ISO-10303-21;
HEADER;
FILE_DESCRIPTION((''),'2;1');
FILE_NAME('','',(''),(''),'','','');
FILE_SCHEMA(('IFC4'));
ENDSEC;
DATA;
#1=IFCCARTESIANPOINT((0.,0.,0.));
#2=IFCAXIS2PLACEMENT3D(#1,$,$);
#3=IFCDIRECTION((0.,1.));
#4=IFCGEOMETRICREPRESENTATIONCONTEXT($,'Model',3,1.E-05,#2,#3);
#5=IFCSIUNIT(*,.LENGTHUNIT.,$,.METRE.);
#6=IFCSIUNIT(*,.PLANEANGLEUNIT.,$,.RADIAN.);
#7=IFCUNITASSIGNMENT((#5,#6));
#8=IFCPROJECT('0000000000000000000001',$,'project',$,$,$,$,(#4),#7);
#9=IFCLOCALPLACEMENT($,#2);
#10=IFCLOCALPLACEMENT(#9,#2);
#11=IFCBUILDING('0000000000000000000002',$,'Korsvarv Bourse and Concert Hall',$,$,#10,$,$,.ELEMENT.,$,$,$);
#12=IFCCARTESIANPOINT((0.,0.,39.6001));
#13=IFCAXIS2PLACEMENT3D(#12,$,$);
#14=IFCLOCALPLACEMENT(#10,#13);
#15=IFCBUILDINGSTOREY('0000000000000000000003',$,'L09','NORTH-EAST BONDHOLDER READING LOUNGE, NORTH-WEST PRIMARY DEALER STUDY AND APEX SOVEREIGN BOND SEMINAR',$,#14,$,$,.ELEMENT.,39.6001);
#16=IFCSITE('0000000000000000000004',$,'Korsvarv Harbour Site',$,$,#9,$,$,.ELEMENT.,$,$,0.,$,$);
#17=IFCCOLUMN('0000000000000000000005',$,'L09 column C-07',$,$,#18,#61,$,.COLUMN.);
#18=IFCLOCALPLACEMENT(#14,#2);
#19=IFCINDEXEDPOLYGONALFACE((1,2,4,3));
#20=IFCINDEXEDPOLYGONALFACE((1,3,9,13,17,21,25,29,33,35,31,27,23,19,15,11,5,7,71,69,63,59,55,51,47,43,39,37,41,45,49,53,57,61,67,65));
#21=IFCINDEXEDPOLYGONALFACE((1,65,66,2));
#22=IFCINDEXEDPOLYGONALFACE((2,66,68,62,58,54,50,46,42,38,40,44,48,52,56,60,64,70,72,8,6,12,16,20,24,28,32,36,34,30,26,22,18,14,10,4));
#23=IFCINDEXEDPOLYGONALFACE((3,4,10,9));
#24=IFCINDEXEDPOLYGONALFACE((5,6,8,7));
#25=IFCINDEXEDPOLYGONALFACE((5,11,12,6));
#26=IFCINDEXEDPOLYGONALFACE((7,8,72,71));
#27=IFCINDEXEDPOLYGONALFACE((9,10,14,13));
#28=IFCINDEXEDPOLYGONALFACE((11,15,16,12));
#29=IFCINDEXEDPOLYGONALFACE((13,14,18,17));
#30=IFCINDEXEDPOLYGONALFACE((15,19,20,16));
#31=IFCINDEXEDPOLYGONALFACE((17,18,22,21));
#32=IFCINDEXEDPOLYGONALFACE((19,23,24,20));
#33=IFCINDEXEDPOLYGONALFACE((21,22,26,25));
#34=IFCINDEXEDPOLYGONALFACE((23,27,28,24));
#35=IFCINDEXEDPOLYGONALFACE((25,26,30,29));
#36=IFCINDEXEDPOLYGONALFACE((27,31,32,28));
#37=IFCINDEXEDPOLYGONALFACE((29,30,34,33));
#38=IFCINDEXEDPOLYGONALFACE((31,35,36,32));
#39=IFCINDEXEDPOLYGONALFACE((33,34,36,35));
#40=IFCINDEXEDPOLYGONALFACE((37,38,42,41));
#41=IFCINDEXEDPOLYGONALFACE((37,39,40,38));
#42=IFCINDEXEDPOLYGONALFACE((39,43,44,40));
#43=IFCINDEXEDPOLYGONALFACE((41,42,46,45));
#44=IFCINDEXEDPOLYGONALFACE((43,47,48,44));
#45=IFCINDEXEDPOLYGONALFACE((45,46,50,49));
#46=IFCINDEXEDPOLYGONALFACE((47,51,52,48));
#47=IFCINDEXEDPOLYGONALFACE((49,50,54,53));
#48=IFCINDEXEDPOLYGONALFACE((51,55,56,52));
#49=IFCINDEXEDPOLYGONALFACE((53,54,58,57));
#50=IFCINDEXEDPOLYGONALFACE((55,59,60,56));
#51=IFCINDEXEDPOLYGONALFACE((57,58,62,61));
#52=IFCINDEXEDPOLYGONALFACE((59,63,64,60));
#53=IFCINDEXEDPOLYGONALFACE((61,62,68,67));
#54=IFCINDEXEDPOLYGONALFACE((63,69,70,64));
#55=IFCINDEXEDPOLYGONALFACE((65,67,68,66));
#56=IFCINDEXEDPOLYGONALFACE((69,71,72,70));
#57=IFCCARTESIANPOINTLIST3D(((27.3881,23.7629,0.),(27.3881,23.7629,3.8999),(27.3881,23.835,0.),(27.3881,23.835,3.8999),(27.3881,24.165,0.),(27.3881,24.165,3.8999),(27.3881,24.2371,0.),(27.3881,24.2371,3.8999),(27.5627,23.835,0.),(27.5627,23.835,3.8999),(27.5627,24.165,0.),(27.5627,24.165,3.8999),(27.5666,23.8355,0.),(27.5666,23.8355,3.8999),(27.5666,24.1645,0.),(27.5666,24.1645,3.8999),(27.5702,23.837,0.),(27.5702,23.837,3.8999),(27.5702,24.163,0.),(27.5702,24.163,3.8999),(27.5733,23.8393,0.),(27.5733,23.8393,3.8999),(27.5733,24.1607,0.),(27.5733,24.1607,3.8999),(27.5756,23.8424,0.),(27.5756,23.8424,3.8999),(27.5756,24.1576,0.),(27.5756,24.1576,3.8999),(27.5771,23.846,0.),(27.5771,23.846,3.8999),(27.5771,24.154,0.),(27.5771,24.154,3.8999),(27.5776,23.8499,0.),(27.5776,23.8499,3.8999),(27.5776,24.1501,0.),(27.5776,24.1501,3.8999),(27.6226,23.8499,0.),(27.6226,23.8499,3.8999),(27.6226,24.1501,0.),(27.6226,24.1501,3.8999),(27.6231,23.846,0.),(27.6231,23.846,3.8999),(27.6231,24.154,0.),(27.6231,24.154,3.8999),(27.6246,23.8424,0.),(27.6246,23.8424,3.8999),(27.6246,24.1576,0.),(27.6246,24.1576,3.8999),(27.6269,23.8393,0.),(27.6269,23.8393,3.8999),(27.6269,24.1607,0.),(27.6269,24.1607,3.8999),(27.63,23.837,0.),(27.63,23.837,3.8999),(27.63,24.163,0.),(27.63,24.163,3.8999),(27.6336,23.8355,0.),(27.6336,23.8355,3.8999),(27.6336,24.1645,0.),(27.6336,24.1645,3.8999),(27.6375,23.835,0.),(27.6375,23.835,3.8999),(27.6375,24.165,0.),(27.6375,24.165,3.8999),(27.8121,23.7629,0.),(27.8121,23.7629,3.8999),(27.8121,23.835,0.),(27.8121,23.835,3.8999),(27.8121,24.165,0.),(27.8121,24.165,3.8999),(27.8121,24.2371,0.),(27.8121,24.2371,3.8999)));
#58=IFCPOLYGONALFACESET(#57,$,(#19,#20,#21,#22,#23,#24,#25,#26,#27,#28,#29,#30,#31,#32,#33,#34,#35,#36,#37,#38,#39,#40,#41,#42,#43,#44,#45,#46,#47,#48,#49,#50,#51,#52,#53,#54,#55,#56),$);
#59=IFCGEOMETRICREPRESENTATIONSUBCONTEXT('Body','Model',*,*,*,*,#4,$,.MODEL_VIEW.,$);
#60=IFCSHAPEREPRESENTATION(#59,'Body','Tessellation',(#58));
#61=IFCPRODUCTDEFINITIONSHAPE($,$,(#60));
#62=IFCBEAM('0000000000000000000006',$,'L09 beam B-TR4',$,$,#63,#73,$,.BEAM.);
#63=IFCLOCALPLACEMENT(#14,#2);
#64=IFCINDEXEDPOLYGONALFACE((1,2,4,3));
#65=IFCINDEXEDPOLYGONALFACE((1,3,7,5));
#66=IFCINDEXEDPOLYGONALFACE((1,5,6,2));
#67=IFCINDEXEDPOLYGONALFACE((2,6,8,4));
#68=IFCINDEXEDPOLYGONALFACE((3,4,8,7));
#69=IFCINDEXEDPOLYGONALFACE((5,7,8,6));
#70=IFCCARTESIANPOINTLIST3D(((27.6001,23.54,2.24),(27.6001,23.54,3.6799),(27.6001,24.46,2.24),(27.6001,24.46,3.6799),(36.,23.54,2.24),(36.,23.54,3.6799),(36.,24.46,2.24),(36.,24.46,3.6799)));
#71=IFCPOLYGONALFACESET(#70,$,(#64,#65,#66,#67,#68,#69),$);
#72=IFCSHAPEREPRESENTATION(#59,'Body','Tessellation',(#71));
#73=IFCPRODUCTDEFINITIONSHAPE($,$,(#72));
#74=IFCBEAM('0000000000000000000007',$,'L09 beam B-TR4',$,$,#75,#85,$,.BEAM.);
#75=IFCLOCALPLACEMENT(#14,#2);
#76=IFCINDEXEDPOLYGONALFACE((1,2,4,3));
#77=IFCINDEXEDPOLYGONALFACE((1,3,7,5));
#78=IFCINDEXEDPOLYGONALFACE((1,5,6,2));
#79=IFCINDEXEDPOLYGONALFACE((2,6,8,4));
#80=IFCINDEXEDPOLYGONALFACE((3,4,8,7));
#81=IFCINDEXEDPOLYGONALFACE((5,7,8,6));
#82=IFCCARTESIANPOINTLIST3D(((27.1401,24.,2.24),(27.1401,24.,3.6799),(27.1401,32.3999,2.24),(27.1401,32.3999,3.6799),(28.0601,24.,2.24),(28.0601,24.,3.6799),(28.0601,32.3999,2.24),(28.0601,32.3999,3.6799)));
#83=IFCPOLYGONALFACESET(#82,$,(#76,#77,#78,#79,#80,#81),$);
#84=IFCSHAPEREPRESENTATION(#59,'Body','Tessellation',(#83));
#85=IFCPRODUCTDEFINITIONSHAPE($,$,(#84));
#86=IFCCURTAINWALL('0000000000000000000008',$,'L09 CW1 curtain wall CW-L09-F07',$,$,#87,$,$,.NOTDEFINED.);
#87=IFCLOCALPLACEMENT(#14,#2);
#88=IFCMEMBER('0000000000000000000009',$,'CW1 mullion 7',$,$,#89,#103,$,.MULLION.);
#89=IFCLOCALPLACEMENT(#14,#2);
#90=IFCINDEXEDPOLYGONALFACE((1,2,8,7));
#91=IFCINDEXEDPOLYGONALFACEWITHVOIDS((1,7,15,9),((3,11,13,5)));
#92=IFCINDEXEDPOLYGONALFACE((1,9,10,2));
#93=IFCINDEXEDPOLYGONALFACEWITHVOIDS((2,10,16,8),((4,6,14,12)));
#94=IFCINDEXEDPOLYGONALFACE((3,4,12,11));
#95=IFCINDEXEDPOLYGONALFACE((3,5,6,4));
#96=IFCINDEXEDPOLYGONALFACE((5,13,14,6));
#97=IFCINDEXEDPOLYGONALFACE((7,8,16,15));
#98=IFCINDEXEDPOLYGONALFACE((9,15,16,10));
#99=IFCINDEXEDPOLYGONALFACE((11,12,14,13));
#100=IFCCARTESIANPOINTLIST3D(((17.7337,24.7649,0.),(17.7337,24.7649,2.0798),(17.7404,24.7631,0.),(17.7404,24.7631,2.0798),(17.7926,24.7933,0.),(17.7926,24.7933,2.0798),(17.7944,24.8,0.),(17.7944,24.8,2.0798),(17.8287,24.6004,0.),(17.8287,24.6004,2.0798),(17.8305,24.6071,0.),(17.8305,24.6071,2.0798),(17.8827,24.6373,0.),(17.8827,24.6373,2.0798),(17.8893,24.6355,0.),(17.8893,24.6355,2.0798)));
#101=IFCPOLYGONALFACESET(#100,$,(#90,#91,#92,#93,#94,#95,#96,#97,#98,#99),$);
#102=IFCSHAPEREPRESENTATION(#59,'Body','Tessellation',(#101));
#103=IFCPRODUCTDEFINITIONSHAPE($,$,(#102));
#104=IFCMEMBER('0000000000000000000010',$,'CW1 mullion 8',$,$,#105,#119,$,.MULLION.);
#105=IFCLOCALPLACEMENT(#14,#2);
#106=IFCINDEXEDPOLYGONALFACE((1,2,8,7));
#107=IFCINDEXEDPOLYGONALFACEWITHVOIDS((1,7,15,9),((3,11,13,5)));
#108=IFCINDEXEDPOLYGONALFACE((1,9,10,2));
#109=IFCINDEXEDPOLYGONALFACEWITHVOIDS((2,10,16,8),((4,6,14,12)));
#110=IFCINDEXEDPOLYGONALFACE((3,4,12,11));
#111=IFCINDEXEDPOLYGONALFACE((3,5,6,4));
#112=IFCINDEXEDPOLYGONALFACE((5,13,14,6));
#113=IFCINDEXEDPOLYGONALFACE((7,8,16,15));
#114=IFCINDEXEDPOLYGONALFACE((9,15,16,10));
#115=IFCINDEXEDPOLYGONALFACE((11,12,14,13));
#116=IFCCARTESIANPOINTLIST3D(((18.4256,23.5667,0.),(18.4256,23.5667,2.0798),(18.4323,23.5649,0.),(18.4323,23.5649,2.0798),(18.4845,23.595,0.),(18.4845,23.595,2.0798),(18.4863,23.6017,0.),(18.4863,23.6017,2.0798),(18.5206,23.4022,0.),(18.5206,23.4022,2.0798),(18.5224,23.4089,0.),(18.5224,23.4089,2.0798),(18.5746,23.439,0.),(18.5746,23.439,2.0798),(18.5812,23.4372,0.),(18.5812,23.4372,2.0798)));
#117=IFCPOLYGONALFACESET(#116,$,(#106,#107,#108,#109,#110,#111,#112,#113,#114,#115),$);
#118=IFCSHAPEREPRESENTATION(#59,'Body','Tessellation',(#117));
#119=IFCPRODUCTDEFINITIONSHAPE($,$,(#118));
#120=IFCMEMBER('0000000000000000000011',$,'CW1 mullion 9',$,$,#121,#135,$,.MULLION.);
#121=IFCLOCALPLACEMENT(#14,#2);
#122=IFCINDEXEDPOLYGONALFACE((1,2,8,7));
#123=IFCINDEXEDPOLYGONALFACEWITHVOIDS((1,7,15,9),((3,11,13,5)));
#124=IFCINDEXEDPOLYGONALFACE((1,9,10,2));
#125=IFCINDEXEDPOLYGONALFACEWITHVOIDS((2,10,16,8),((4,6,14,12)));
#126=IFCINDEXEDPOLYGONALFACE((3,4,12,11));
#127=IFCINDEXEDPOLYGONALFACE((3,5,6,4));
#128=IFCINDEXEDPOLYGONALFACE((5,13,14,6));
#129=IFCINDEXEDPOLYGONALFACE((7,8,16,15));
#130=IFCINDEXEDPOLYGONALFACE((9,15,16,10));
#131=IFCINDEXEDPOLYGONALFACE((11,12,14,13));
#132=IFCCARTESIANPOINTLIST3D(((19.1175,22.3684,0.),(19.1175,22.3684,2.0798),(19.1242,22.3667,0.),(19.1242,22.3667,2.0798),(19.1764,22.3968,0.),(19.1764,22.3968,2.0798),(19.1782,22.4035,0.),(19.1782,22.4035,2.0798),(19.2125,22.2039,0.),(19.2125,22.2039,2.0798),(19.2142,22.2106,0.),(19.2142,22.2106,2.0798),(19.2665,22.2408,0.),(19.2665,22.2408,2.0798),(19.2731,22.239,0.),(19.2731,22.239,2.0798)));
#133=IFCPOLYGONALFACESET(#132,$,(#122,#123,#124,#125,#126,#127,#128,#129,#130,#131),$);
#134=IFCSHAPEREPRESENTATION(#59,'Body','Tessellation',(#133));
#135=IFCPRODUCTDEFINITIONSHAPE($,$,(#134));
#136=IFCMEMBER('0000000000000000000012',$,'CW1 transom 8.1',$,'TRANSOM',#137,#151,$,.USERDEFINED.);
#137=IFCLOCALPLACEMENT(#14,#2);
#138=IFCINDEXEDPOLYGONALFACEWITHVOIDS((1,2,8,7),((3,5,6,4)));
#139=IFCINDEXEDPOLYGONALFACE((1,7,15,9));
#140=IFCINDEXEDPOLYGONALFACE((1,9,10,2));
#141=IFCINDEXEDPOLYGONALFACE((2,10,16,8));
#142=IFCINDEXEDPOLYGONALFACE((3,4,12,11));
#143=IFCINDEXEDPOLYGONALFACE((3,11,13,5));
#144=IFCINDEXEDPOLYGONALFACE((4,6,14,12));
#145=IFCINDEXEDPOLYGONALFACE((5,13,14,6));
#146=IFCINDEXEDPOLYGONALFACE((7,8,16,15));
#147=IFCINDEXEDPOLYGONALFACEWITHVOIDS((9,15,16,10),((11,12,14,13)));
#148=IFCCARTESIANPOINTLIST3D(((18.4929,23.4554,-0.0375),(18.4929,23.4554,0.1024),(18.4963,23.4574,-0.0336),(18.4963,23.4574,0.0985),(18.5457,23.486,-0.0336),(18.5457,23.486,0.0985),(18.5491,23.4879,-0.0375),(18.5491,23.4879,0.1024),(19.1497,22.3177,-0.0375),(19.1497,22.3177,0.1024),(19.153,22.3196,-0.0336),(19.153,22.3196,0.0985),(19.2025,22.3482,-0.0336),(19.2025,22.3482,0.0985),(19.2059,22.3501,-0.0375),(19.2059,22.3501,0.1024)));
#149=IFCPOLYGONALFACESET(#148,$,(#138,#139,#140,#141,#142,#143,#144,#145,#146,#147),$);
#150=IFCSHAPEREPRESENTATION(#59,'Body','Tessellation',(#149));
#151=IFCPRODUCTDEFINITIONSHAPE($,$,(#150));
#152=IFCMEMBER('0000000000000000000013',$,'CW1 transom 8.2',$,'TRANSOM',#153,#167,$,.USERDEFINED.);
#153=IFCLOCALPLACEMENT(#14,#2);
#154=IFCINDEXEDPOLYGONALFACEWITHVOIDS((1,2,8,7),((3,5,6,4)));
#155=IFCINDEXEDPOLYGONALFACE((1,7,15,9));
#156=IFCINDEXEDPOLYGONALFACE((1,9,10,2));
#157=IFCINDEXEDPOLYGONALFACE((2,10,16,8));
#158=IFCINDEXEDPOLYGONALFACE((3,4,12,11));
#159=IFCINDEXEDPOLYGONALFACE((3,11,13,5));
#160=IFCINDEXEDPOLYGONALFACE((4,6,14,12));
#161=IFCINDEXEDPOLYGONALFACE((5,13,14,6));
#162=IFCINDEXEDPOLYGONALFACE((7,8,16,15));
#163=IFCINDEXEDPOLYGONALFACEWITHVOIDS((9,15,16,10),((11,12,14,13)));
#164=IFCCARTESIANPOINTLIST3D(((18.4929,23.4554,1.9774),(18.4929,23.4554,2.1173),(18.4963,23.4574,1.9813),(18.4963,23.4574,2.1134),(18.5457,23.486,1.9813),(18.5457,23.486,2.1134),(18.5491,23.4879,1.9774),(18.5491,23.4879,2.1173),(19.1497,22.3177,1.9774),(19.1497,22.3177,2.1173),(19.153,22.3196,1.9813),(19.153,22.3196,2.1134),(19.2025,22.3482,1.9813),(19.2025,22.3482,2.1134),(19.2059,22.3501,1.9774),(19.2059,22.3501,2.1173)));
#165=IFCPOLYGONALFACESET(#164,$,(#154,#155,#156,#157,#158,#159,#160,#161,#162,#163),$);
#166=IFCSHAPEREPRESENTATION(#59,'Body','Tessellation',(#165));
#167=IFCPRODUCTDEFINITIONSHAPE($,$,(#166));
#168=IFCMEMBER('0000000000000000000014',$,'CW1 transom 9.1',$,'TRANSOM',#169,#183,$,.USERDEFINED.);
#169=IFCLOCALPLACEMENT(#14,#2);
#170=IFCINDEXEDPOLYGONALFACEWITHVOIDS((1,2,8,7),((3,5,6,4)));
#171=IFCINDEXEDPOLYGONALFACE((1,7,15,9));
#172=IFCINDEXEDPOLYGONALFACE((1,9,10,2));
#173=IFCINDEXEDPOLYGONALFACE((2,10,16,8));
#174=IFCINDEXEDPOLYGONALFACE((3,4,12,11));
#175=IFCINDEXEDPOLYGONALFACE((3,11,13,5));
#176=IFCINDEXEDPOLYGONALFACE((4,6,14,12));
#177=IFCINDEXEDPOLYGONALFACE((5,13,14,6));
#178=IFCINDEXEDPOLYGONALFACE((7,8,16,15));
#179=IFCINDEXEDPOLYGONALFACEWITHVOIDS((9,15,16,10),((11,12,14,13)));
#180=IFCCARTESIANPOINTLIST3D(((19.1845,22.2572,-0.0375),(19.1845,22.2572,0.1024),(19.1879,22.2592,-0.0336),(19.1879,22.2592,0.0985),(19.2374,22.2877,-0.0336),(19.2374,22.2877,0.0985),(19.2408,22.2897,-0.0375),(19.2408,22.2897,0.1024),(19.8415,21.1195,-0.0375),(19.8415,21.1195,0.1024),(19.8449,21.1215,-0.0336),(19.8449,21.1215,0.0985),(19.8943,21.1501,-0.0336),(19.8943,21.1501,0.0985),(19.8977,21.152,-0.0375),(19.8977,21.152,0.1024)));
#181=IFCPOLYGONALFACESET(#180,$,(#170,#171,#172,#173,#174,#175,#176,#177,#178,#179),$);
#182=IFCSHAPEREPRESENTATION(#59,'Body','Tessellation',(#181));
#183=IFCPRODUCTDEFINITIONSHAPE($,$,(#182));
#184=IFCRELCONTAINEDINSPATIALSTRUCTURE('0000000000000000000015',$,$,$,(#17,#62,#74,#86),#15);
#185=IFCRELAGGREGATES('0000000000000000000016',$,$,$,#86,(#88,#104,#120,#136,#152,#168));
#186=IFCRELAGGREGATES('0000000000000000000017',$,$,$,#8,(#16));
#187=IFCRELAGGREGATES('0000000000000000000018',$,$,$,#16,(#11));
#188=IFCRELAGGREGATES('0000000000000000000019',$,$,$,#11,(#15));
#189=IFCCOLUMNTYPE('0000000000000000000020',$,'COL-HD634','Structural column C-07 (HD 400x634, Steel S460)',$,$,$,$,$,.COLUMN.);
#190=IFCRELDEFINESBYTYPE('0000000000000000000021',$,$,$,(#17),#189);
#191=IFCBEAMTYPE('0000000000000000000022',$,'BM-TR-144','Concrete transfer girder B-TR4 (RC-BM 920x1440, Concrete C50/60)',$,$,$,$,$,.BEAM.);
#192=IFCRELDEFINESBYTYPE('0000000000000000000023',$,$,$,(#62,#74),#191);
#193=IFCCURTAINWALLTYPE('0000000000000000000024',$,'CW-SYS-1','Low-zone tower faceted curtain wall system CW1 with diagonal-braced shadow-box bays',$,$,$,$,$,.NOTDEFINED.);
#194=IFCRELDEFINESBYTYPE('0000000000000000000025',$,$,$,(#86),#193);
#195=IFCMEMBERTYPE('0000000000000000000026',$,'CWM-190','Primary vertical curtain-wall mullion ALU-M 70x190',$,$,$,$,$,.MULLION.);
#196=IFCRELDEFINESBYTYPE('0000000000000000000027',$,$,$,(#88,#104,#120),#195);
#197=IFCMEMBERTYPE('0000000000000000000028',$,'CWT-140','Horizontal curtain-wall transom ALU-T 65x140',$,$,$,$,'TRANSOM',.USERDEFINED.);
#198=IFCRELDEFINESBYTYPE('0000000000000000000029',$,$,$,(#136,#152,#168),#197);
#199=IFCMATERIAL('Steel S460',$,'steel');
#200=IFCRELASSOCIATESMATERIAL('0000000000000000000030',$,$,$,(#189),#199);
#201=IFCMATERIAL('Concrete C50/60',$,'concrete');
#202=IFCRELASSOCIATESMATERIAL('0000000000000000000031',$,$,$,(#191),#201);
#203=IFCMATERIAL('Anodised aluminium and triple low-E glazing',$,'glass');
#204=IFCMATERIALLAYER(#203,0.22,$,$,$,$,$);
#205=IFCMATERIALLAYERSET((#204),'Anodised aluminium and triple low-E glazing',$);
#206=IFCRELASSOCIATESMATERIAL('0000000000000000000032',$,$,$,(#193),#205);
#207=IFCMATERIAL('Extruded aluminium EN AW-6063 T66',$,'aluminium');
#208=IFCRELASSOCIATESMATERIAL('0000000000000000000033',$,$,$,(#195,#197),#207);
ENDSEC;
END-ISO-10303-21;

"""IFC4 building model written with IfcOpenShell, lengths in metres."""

from ifc_helpers import new_model, si_unit, direction, frame, origin, origin_2d, place, context, subcontext, project, spatial, rectangle, hollow_rectangle, i_section, extrude, source, transform, mapped, material, layer, layer_set, material_profile, profile_set, type_object, element, aggregate, save


model = new_model("IFC4")

# Units and contexts
model_context = context("Model", 3, precision=1e-05, world=origin(), true_north=direction((0.0, 1.0)))
body_context = subcontext(model_context, "Body", "Model", "MODEL_VIEW")
ifc_project = project(units=[si_unit("LENGTHUNIT", "METRE"), si_unit("PLANEANGLEUNIT", "RADIAN")], contexts=[model_context])

# Site, building, storey
site_placement = place(None, origin())
site = spatial("IfcSite", under=ifc_project, at=site_placement, Name="Korsvarv Harbour Site", CompositionType="ELEMENT", RefElevation=0.0)
building_placement = place(site_placement, origin())
building = spatial("IfcBuilding", under=site, at=building_placement, Name="Korsvarv Bourse and Concert Hall", CompositionType="ELEMENT")
storey_placement = place(building_placement, frame((0.0, 0.0, 39.6001)))
storey = spatial("IfcBuildingStorey", under=building, at=storey_placement, Name="L09", Description="NORTH-EAST BONDHOLDER READING LOUNGE, NORTH-WEST PRIMARY DEALER STUDY AND APEX SOVEREIGN BOND SEMINAR", CompositionType="ELEMENT", Elevation=39.6001)

# Column
ifc_material_1 = material(Name="Steel S460", Category="steel")
ifc_material_profile_1 = material_profile(ifc_material_1, i_section(OverallWidth=0.4241, OverallDepth=0.4741, WebThickness=0.0449, FlangeThickness=0.072, FilletRadius=0.0149, at=origin_2d()), Name="HD 400x634")
ifc_profile_set_1 = profile_set([ifc_material_profile_1], Name="Steel S460")
column_type = type_object("IfcColumnType", Name="COL-HD634", Description="Structural column C-07 (HD 400x634, Steel S460)", PredefinedType="COLUMN", material=ifc_profile_set_1)
shared_shape_1 = source(origin(), body_context, "Body", "SweptSolid", [
    extrude(i_section(OverallWidth=0.4241, OverallDepth=0.4741, WebThickness=0.0449, FlangeThickness=0.072, FilletRadius=0.0149, at=origin_2d()), origin(), (0.0, 0.0, 1.0), 3.8999),
])
column_placement = place(storey_placement, frame((27.6001, 24.0, 0.0), z_axis=(0.0, 0.0, 1.0), x_axis=(1.0, 0.0, 0.0)))
element("IfcColumn", 1, at=column_placement, inside=storey, type_object=column_type, Name="L09 column C-07", PredefinedType="COLUMN", context=body_context, shape_type="MappedRepresentation", body=[
    mapped(shared_shape_1, transform((0.0, 0.0, 0.0), scale=1.0)),
])

# Beams
ifc_material_2 = material(Name="Concrete C50/60", Category="concrete")
ifc_material_profile_2 = material_profile(ifc_material_2, rectangle(XDim=0.9199, YDim=1.4399, at=origin_2d()), Name="RC-BM 920x1440")
ifc_profile_set_2 = profile_set([ifc_material_profile_2], Name="Concrete C50/60")
beam_type = type_object("IfcBeamType", Name="BM-TR-144", Description="Concrete transfer girder B-TR4 (RC-BM 920x1440, Concrete C50/60)", PredefinedType="BEAM", material=ifc_profile_set_2)
shared_shape_2 = source(origin(), body_context, "Body", "SweptSolid", [
    extrude(rectangle(XDim=0.9199, YDim=1.4399, at=origin_2d()), origin(), (0.0, 0.0, 1.0), 8.3999),
])
for number, where, z_axis, x_axis, name in (
    (2, (27.6001, 24.0, 2.96), (1.0, 0.0, 0.0), (0.0, 1.0, 0.0), "L09 beam B-TR4"),
    (3, (27.6001, 24.0, 2.96), (0.0, 1.0, 0.0), (-1.0, 0.0, 0.0), "L09 beam B-TR4"),
):
    element("IfcBeam", number, at=place(storey_placement, frame(where, z_axis=z_axis, x_axis=x_axis)), inside=storey, type_object=beam_type, Name=name, PredefinedType="BEAM", context=body_context, shape_type="MappedRepresentation", body=[
        mapped(shared_shape_2, transform((0.0, 0.0, 0.0), scale=1.0)),
    ])

# Curtain wall, members
ifc_material_3 = material(Name="Anodised aluminium and triple low-E glazing", Category="glass")
ifc_layer_1 = layer(ifc_material_3, 0.22)
ifc_layer_set_1 = layer_set([ifc_layer_1], Name="Anodised aluminium and triple low-E glazing")
curtain_wall_type = type_object("IfcCurtainWallType", Name="CW-SYS-1", Description="Low-zone tower faceted curtain wall system CW1 with diagonal-braced shadow-box bays", PredefinedType="NOTDEFINED", material=ifc_layer_set_1)
curtain_wall_placement = place(storey_placement, origin())
curtain_wall = element("IfcCurtainWall", 4, at=curtain_wall_placement, inside=storey, type_object=curtain_wall_type, Name="L09 CW1 curtain wall CW-L09-F07", PredefinedType="NOTDEFINED")
ifc_material_4 = material(Name="Extruded aluminium EN AW-6063 T66", Category="aluminium")
ifc_material_profile_3 = material_profile(ifc_material_4, hollow_rectangle(XDim=0.0701, YDim=0.1899, WallThickness=0.0049, at=origin_2d()), Name="ALU-M 70x190")
ifc_profile_set_3 = profile_set([ifc_material_profile_3], Name="Extruded aluminium EN AW-6063 T66")
member_type_1 = type_object("IfcMemberType", Name="CWM-190", Description="Primary vertical curtain-wall mullion ALU-M 70x190", PredefinedType="MULLION", material=ifc_profile_set_3)
shared_shape_3 = source(origin(), body_context, "Body", "SweptSolid", [
    extrude(hollow_rectangle(XDim=0.0701, YDim=0.1899, WallThickness=0.0049, at=origin_2d()), origin(), (0.0, 0.0, 1.0), 2.0798),
])
member_1_placement = place(storey_placement, frame((17.8115, 24.7002, 0.0), z_axis=(0.0, 0.0, 1.0), x_axis=(0.866026, 0.5, 0.0)))
member_1 = element("IfcMember", 5, at=member_1_placement, type_object=member_type_1, Name="CW1 mullion 7", PredefinedType="MULLION", context=body_context, shape_type="MappedRepresentation", body=[
    mapped(shared_shape_3, transform((0.0, 0.0, 0.0), scale=1.0)),
])
member_2_placement = place(storey_placement, frame((18.5034, 23.502, 0.0), z_axis=(0.0, 0.0, 1.0), x_axis=(0.866026, 0.5, 0.0)))
member_2 = element("IfcMember", 6, at=member_2_placement, type_object=member_type_1, Name="CW1 mullion 8", PredefinedType="MULLION", context=body_context, shape_type="MappedRepresentation", body=[
    mapped(shared_shape_3, transform((0.0, 0.0, 0.0), scale=1.0)),
])
member_3_placement = place(storey_placement, frame((19.1953, 22.3037, 0.0), z_axis=(0.0, 0.0, 1.0), x_axis=(0.866026, 0.5, 0.0)))
member_3 = element("IfcMember", 7, at=member_3_placement, type_object=member_type_1, Name="CW1 mullion 9", PredefinedType="MULLION", context=body_context, shape_type="MappedRepresentation", body=[
    mapped(shared_shape_3, transform((0.0, 0.0, 0.0), scale=1.0)),
])
ifc_material_profile_4 = material_profile(ifc_material_4, hollow_rectangle(XDim=0.0649, YDim=0.1399, WallThickness=0.0039, at=origin_2d()), Name="ALU-T 65x140")
ifc_profile_set_4 = profile_set([ifc_material_profile_4], Name="Extruded aluminium EN AW-6063 T66")
member_type_2 = type_object("IfcMemberType", Name="CWT-140", Description="Horizontal curtain-wall transom ALU-T 65x140", ElementType="TRANSOM", PredefinedType="USERDEFINED", material=ifc_profile_set_4)
shared_shape_4 = source(origin(), body_context, "Body", "SweptSolid", [
    extrude(hollow_rectangle(XDim=0.0649, YDim=0.1399, WallThickness=0.0039, at=origin_2d()), origin(), (0.0, 0.0, 1.0), 1.3137),
])
member_4_placement = place(storey_placement, frame((18.521, 23.4717, 0.0325), z_axis=(0.499937, -0.866062, 0.0), x_axis=(0.866062, 0.499937, 0.0)))
member_4 = element("IfcMember", 8, at=member_4_placement, type_object=member_type_2, Name="CW1 transom 8.1", ObjectType="TRANSOM", PredefinedType="USERDEFINED", context=body_context, shape_type="MappedRepresentation", body=[
    mapped(shared_shape_4, transform((0.0, 0.0, 0.0), scale=1.0)),
])
member_5_placement = place(storey_placement, frame((18.521, 23.4717, 2.0474), z_axis=(0.499937, -0.866062, 0.0), x_axis=(0.866062, 0.499937, 0.0)))
member_5 = element("IfcMember", 9, at=member_5_placement, type_object=member_type_2, Name="CW1 transom 8.2", ObjectType="TRANSOM", PredefinedType="USERDEFINED", context=body_context, shape_type="MappedRepresentation", body=[
    mapped(shared_shape_4, transform((0.0, 0.0, 0.0), scale=1.0)),
])
member_6_placement = place(storey_placement, frame((19.2126, 22.2734, 0.0325), z_axis=(0.500076, -0.865981, 0.0), x_axis=(0.865981, 0.500076, 0.0)))
member_6 = element("IfcMember", 10, at=member_6_placement, type_object=member_type_2, Name="CW1 transom 9.1", ObjectType="TRANSOM", PredefinedType="USERDEFINED", context=body_context, shape_type="MappedRepresentation", body=[
    mapped(shared_shape_4, transform((0.0, 0.0, 0.0), scale=1.0)),
])
aggregate(curtain_wall, [member_1, member_2, member_3, member_4, member_5, member_6])

save(model, "model.ifc")
